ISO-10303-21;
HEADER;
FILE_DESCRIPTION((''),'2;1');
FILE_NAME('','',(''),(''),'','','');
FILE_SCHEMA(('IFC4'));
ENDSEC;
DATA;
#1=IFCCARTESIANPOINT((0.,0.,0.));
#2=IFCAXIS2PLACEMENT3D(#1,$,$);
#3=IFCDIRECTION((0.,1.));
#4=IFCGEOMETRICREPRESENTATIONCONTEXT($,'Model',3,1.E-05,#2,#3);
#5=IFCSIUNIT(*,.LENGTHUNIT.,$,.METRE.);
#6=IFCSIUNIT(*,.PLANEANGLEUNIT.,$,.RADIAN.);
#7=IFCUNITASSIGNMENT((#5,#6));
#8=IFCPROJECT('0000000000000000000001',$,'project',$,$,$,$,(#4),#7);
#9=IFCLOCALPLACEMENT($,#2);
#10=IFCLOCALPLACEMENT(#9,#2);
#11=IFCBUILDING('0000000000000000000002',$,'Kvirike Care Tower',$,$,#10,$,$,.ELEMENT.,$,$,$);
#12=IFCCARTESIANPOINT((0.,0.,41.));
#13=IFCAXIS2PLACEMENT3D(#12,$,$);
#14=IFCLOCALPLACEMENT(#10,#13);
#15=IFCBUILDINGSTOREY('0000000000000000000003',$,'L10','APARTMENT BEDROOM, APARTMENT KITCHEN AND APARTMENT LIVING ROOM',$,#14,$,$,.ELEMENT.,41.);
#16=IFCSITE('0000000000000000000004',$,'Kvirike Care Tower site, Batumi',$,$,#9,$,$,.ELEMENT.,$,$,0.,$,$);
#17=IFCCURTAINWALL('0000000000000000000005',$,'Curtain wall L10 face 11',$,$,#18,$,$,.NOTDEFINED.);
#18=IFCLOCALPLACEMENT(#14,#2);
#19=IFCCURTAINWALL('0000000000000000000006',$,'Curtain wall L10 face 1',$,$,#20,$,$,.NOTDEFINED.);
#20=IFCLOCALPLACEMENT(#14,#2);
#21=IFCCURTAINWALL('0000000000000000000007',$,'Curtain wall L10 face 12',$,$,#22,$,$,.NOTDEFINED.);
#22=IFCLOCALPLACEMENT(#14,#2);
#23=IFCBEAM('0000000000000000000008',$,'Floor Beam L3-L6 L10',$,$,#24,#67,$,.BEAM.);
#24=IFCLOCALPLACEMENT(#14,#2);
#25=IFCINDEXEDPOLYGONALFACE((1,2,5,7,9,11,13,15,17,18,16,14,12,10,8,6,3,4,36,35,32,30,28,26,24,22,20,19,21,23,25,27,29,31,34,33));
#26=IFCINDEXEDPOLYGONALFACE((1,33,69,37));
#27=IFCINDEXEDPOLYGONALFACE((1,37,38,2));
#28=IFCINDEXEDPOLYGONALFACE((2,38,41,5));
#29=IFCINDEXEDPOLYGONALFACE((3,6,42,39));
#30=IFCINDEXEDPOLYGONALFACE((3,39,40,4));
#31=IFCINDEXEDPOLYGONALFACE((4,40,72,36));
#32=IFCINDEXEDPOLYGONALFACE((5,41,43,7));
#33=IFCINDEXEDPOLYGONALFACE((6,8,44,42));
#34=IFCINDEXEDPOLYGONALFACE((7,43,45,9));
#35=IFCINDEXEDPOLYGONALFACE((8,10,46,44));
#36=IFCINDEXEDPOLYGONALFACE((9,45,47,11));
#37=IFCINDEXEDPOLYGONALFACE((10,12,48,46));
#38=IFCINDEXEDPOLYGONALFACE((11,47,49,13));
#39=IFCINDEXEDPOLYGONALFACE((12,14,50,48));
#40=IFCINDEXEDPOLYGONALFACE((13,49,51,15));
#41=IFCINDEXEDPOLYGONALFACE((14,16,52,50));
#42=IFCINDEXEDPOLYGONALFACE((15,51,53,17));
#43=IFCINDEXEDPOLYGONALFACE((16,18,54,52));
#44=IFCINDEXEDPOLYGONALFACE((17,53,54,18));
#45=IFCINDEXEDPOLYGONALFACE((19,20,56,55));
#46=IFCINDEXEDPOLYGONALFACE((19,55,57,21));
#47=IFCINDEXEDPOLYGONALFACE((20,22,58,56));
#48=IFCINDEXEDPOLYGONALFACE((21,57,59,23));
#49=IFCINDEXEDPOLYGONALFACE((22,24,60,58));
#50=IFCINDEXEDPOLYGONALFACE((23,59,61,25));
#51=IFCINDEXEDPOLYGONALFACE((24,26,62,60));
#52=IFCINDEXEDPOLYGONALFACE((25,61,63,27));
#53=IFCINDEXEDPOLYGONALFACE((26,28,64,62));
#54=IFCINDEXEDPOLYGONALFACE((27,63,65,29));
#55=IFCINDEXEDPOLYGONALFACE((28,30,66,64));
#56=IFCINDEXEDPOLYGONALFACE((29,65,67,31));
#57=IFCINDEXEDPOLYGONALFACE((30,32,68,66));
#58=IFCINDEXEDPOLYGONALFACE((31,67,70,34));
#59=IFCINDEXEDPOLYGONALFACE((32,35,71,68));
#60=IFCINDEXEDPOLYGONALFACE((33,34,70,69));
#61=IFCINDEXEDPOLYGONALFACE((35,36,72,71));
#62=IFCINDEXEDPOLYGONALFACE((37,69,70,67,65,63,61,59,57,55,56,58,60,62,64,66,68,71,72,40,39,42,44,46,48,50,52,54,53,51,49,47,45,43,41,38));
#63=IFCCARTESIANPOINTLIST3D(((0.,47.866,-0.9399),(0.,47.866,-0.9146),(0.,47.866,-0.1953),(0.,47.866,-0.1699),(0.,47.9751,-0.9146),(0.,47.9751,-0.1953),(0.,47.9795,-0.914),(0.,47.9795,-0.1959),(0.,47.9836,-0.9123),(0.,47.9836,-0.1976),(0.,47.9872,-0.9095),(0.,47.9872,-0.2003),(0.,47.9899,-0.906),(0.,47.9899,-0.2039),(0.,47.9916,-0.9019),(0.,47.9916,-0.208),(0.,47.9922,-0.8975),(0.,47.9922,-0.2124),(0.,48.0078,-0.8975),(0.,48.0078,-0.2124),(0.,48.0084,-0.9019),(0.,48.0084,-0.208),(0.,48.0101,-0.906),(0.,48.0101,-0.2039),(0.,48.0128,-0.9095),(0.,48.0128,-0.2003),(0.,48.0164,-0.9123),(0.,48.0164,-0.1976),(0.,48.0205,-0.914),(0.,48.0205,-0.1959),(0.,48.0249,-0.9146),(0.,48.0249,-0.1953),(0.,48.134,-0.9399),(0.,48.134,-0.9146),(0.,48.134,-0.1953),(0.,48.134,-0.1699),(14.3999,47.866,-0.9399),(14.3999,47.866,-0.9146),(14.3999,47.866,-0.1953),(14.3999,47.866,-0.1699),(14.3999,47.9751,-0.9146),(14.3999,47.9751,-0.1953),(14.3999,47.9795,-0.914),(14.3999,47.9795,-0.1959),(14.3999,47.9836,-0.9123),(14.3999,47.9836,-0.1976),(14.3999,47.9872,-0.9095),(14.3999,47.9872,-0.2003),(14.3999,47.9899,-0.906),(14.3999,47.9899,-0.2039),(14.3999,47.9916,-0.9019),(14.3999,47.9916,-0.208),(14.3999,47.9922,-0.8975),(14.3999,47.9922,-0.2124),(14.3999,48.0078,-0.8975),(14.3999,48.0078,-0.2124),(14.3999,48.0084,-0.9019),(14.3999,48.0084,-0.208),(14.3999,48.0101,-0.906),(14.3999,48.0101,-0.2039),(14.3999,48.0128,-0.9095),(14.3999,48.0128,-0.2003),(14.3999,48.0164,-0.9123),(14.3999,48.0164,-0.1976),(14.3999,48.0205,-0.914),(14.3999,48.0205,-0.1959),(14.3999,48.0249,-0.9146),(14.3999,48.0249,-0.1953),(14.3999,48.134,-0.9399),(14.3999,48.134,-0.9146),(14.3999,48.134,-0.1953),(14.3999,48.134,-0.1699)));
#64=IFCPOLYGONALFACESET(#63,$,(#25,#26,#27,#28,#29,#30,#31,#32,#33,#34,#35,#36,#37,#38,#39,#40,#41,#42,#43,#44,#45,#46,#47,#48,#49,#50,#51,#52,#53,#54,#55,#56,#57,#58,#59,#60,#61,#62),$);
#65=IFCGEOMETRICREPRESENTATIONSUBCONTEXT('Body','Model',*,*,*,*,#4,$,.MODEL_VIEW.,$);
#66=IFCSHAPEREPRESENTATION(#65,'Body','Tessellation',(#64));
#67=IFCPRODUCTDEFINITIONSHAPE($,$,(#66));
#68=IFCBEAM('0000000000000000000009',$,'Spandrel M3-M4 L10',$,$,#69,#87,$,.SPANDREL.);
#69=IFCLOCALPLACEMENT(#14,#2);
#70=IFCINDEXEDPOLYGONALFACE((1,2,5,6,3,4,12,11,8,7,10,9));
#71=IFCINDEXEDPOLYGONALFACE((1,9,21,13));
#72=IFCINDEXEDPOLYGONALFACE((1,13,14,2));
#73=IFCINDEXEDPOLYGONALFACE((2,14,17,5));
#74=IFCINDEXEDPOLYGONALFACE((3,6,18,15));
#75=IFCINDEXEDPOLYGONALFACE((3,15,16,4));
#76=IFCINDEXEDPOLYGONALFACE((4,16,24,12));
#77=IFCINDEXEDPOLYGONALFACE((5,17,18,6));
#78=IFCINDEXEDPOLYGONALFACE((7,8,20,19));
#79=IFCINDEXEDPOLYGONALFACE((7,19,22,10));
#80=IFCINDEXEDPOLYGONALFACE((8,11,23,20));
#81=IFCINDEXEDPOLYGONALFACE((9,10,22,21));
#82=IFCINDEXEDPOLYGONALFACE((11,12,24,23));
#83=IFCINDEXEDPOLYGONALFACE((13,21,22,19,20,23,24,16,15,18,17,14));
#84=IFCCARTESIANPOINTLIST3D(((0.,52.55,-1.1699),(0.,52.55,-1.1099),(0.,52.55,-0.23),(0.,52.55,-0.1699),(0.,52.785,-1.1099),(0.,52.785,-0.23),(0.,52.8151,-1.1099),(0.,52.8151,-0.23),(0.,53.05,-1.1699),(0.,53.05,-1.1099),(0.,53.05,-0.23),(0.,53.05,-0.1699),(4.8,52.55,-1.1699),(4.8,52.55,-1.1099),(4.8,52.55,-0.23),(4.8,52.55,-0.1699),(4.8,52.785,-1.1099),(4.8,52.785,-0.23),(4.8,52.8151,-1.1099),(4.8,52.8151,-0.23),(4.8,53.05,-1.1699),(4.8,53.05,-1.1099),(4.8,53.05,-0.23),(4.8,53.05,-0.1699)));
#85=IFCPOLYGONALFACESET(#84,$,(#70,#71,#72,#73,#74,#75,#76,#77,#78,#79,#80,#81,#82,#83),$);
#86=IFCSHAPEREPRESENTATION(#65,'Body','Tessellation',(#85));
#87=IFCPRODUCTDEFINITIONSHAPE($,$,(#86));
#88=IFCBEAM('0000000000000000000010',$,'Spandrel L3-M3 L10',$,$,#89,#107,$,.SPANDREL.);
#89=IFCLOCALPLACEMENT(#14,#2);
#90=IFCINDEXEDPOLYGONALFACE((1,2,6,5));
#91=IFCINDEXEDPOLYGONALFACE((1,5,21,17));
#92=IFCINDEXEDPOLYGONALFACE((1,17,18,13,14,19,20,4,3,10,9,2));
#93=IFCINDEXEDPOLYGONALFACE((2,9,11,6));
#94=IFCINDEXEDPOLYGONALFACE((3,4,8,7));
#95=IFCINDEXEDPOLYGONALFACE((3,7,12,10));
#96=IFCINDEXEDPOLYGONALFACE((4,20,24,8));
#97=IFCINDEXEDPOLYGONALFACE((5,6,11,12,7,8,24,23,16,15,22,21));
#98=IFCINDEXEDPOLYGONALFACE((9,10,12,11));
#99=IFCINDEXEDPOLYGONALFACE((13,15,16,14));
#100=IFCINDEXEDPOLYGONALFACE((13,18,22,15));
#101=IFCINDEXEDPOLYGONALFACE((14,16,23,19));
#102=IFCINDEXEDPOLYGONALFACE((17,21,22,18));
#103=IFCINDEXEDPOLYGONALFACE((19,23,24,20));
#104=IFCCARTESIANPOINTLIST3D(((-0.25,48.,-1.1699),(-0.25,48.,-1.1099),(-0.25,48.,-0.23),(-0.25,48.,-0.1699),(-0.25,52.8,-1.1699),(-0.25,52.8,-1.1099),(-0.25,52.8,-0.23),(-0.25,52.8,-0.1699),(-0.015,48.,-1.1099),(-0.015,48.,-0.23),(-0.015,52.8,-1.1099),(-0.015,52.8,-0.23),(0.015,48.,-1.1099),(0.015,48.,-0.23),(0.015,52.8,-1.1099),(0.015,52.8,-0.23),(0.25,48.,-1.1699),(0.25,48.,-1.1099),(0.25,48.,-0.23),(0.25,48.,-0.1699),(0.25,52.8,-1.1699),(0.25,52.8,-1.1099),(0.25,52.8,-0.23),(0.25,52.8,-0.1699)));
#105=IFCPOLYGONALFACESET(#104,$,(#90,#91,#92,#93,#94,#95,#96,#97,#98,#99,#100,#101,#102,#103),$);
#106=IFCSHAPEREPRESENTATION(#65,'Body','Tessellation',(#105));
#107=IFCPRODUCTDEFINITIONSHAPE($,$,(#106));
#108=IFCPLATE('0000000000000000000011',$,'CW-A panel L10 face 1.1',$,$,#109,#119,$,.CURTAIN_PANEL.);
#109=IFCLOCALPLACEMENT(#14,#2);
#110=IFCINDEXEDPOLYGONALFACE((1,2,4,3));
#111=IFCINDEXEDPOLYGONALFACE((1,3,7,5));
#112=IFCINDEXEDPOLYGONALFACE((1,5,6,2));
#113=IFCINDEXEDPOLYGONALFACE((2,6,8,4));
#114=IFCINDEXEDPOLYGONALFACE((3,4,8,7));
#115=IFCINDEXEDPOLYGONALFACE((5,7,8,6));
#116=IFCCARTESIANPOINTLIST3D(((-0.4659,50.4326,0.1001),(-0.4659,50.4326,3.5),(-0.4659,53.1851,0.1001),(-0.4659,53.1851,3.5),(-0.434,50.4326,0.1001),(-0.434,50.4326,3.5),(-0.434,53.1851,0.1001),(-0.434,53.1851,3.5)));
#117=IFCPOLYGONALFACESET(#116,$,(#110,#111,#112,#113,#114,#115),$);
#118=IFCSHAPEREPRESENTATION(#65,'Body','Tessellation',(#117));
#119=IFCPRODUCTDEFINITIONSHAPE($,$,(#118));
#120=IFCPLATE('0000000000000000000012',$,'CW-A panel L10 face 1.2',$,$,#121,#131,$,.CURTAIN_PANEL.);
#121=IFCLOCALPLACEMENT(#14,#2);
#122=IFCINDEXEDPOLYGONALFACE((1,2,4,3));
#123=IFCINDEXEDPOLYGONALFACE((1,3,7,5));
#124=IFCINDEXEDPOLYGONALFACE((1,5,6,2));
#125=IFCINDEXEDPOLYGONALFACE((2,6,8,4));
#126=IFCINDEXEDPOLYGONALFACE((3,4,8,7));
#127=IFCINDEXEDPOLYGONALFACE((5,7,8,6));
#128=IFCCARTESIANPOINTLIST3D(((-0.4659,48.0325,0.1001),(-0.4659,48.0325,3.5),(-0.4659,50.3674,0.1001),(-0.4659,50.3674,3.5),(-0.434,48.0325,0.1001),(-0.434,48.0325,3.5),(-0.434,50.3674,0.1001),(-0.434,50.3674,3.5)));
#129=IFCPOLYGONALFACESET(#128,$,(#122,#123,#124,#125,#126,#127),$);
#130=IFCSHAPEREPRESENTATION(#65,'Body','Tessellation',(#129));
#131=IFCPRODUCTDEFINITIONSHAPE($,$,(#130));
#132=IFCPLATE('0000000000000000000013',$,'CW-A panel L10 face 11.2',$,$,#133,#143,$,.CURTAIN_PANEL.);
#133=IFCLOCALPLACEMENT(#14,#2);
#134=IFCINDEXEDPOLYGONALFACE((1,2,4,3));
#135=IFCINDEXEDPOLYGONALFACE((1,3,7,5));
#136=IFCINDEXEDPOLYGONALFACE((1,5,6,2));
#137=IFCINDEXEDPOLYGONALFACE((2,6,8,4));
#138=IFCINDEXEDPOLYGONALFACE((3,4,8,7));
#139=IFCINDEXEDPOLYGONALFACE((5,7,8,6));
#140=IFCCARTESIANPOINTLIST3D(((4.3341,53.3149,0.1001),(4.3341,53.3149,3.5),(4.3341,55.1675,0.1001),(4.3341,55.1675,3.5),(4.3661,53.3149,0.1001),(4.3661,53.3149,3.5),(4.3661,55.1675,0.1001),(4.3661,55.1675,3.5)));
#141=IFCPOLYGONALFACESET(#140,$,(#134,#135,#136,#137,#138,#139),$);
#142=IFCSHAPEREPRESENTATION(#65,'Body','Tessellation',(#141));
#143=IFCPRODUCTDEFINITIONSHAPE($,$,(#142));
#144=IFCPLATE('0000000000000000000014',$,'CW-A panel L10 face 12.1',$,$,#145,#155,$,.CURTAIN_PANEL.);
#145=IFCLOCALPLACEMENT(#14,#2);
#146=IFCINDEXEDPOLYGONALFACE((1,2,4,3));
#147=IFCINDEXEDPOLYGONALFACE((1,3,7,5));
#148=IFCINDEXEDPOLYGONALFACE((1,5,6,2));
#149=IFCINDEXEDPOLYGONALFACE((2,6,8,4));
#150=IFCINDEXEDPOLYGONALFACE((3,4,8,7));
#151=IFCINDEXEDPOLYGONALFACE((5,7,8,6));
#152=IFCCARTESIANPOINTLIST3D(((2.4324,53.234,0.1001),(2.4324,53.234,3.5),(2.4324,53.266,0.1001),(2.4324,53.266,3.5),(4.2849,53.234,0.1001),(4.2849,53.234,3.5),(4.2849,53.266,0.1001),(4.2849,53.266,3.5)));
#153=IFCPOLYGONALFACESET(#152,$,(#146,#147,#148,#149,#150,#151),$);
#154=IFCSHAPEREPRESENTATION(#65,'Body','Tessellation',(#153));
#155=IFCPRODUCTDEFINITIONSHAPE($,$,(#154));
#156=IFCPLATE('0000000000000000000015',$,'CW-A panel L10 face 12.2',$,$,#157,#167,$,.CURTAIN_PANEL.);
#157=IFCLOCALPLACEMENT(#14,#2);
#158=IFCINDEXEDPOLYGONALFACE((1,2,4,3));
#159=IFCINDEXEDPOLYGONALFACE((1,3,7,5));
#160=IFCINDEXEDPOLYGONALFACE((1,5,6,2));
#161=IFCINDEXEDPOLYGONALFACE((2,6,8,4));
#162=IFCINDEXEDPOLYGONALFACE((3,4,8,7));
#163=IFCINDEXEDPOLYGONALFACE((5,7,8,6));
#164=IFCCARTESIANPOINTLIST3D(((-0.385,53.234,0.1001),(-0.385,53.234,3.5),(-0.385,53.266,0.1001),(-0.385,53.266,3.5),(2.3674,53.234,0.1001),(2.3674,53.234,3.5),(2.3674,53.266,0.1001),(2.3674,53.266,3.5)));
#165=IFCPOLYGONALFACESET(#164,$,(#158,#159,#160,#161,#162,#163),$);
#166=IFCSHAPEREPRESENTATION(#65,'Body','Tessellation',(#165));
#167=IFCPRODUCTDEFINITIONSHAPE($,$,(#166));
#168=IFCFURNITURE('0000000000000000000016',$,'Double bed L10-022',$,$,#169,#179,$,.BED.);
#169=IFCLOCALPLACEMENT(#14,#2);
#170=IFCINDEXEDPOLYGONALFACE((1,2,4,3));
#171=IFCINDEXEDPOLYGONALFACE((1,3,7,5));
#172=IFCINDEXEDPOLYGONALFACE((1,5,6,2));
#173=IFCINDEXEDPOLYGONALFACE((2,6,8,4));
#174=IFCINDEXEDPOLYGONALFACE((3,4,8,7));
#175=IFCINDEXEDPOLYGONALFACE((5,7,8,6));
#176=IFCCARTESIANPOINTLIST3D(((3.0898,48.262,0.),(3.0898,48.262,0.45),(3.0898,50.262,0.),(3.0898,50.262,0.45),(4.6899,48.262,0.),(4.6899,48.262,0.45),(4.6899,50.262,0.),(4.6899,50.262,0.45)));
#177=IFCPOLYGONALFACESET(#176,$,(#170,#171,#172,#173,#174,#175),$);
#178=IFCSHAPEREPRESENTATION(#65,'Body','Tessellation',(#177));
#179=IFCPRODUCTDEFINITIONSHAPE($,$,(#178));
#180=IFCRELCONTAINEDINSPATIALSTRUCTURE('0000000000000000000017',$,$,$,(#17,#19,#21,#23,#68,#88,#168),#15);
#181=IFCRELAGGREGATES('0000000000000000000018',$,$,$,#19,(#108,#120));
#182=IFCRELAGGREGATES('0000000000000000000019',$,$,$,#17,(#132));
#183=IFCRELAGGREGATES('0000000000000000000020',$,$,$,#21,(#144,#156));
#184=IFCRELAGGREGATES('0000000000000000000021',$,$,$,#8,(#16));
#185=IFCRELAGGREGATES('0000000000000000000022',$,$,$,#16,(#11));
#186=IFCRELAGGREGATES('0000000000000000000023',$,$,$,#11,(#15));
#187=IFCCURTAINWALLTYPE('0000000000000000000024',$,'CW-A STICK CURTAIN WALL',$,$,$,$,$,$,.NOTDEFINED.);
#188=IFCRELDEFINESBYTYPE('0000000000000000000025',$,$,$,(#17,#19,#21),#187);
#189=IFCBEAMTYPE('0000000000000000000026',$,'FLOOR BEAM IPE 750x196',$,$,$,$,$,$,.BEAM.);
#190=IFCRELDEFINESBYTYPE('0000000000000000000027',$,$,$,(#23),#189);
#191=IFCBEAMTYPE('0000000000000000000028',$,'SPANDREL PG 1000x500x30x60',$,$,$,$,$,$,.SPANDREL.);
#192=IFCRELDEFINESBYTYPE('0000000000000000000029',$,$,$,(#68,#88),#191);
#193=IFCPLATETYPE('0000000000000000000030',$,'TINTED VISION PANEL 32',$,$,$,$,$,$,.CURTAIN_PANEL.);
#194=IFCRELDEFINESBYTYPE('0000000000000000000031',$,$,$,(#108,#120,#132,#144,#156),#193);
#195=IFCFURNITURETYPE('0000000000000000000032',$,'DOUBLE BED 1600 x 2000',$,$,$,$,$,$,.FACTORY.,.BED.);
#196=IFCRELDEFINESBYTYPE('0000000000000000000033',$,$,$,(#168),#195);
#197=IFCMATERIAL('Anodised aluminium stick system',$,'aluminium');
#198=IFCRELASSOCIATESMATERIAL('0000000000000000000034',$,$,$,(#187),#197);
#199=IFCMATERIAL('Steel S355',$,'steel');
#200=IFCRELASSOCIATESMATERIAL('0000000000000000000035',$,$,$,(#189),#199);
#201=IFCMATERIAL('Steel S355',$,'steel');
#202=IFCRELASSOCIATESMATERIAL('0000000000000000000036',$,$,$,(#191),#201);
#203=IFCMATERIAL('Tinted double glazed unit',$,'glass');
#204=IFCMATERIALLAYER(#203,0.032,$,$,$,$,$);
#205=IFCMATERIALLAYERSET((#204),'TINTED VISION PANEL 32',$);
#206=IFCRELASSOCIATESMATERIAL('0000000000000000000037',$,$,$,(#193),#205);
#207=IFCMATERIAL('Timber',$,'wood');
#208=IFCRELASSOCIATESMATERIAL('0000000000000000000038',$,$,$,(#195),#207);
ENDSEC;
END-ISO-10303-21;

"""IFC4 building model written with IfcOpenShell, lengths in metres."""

from ifc_helpers import new_model, si_unit, direction, frame, origin, origin_2d, place, context, subcontext, project, spatial, rectangle, i_section, extrude, material, layer, layer_set, material_profile, profile_set, type_object, element, aggregate, save


model = new_model("IFC4")

# Units and contexts
model_context = context("Model", 3, precision=1e-05, world=origin(), true_north=direction((0.0, 1.0)))
body_context = subcontext(model_context, "Body", "Model", "MODEL_VIEW")
ifc_project = project(units=[si_unit("LENGTHUNIT", "METRE"), si_unit("PLANEANGLEUNIT", "RADIAN")], contexts=[model_context])

# Site, building, storey
site_placement = place(None, origin())
site = spatial("IfcSite", under=ifc_project, at=site_placement, Name="Kvirike Care Tower site, Batumi", CompositionType="ELEMENT", RefElevation=0.0)
building_placement = place(site_placement, origin())
building = spatial("IfcBuilding", under=site, at=building_placement, Name="Kvirike Care Tower", CompositionType="ELEMENT")
storey_placement = place(building_placement, frame((0.0, 0.0, 41.0)))
storey = spatial("IfcBuildingStorey", under=building, at=storey_placement, Name="L10", Description="APARTMENT BEDROOM, APARTMENT KITCHEN AND APARTMENT LIVING ROOM", CompositionType="ELEMENT", Elevation=41.0)

# Curtain wall
ifc_material_1 = material(Name="Anodised aluminium stick system", Category="aluminium")
curtain_wall_type = type_object("IfcCurtainWallType", Name="CW-A STICK CURTAIN WALL", PredefinedType="NOTDEFINED", material=ifc_material_1)
curtain_wall_1_placement = place(storey_placement, origin())
curtain_wall_1 = element("IfcCurtainWall", 1, at=curtain_wall_1_placement, inside=storey, type_object=curtain_wall_type, Name="Curtain wall L10 face 11", PredefinedType="NOTDEFINED")

# Curtain wall
curtain_wall_2_placement = place(storey_placement, origin())
curtain_wall_2 = element("IfcCurtainWall", 2, at=curtain_wall_2_placement, inside=storey, type_object=curtain_wall_type, Name="Curtain wall L10 face 1", PredefinedType="NOTDEFINED")

# Curtain wall
curtain_wall_3_placement = place(storey_placement, origin())
curtain_wall_3 = element("IfcCurtainWall", 3, at=curtain_wall_3_placement, inside=storey, type_object=curtain_wall_type, Name="Curtain wall L10 face 12", PredefinedType="NOTDEFINED")

# Beams
ifc_material_2 = material(Name="Steel S355", Category="steel")
ifc_material_profile_1 = material_profile(ifc_material_2, i_section(OverallWidth=0.2681, OverallDepth=0.77, WebThickness=0.0156, FlangeThickness=0.0254, FilletRadius=0.0171, at=origin_2d()), Name="IPE 750x196")
ifc_profile_set_1 = profile_set([ifc_material_profile_1], Name="Steel S355")
beam_type_1 = type_object("IfcBeamType", Name="FLOOR BEAM IPE 750x196", PredefinedType="BEAM", material=ifc_profile_set_1)
beam_placement = place(storey_placement, frame((0.0, 48.0, -0.5549), z_axis=(1.0, 0.0, 0.0), x_axis=(0.0, 1.0, 0.0)))
element("IfcBeam", 4, at=beam_placement, inside=storey, type_object=beam_type_1, Name="Floor Beam L3-L6 L10", PredefinedType="BEAM", context=body_context, shape_type="SweptSolid", body=[
    extrude(i_section(OverallWidth=0.2681, OverallDepth=0.77, WebThickness=0.0156, FlangeThickness=0.0254, FilletRadius=0.0171, at=origin_2d()), origin(), (0.0, 0.0, 1.0), 14.3999),
])
ifc_material_3 = material(Name="Steel S355", Category="steel")
ifc_material_profile_2 = material_profile(ifc_material_3, i_section(OverallWidth=0.5, OverallDepth=1.0, WebThickness=0.03, FlangeThickness=0.0601, at=origin_2d()), Name="PG 1000x500x30x60")
ifc_profile_set_2 = profile_set([ifc_material_profile_2], Name="Steel S355")
beam_type_2 = type_object("IfcBeamType", Name="SPANDREL PG 1000x500x30x60", PredefinedType="SPANDREL", material=ifc_profile_set_2)
for number, where, z_axis, x_axis, name in (
    (5, (0.0, 52.8, -0.6699), (1.0, 0.0, 0.0), (0.0, 1.0, 0.0), "Spandrel M3-M4 L10"),
    (6, (0.0, 48.0, -0.6699), (0.0, 1.0, 0.0), (-1.0, 0.0, 0.0), "Spandrel L3-M3 L10"),
):
    element("IfcBeam", number, at=place(storey_placement, frame(where, z_axis=z_axis, x_axis=x_axis)), inside=storey, type_object=beam_type_2, Name=name, PredefinedType="SPANDREL", context=body_context, shape_type="SweptSolid", body=[
        extrude(i_section(OverallWidth=0.5, OverallDepth=1.0, WebThickness=0.03, FlangeThickness=0.0601, at=origin_2d()), origin(), (0.0, 0.0, 1.0), 4.8),
    ])

# Plates
ifc_material_4 = material(Name="Tinted double glazed unit", Category="glass")
ifc_layer = layer(ifc_material_4, 0.032)
ifc_layer_set = layer_set([ifc_layer], Name="TINTED VISION PANEL 32")
plate_type = type_object("IfcPlateType", Name="TINTED VISION PANEL 32", PredefinedType="CURTAIN_PANEL", material=ifc_layer_set)
plate_1_placement = place(storey_placement, frame((-0.45, 51.8088, 0.1001), z_axis=(0.0, 0.0, 1.0), x_axis=(0.0, -1.0, 0.0)))
plate_1 = element("IfcPlate", 7, at=plate_1_placement, type_object=plate_type, Name="CW-A panel L10 face 1.1", PredefinedType="CURTAIN_PANEL", context=body_context, shape_type="SweptSolid", body=[
    extrude(rectangle(XDim=2.7524, YDim=0.032, at=origin_2d()), origin(), (0.0, 0.0, 1.0), 3.3999),
])
plate_2_placement = place(storey_placement, frame((-0.45, 49.2, 0.1001), z_axis=(0.0, 0.0, 1.0), x_axis=(0.0, -1.0, 0.0)))
plate_2 = element("IfcPlate", 8, at=plate_2_placement, type_object=plate_type, Name="CW-A panel L10 face 1.2", PredefinedType="CURTAIN_PANEL", context=body_context, shape_type="SweptSolid", body=[
    extrude(rectangle(XDim=2.335, YDim=0.032, at=origin_2d()), origin(), (0.0, 0.0, 1.0), 3.3999),
])
aggregate(curtain_wall_2, [plate_1, plate_2])
plate_3_placement = place(storey_placement, frame((4.3501, 54.2412, 0.1001), z_axis=(0.0, 0.0, 1.0), x_axis=(0.0, -1.0, 0.0)))
plate_3 = element("IfcPlate", 9, at=plate_3_placement, type_object=plate_type, Name="CW-A panel L10 face 11.2", PredefinedType="CURTAIN_PANEL", context=body_context, shape_type="SweptSolid", body=[
    extrude(rectangle(XDim=1.8525, YDim=0.032, at=origin_2d()), origin(), (0.0, 0.0, 1.0), 3.3999),
])
aggregate(curtain_wall_1, [plate_3])
plate_4_placement = place(storey_placement, frame((3.3586, 53.25, 0.1001), z_axis=(0.0, 0.0, 1.0), x_axis=(-1.0, 0.0, 0.0)))
plate_4 = element("IfcPlate", 10, at=plate_4_placement, type_object=plate_type, Name="CW-A panel L10 face 12.1", PredefinedType="CURTAIN_PANEL", context=body_context, shape_type="SweptSolid", body=[
    extrude(rectangle(XDim=1.8525, YDim=0.032, at=origin_2d()), origin(), (0.0, 0.0, 1.0), 3.3999),
])
plate_5_placement = place(storey_placement, frame((0.9912, 53.25, 0.1001), z_axis=(0.0, 0.0, 1.0), x_axis=(-1.0, 0.0, 0.0)))
plate_5 = element("IfcPlate", 11, at=plate_5_placement, type_object=plate_type, Name="CW-A panel L10 face 12.2", PredefinedType="CURTAIN_PANEL", context=body_context, shape_type="SweptSolid", body=[
    extrude(rectangle(XDim=2.7524, YDim=0.032, at=origin_2d()), origin(), (0.0, 0.0, 1.0), 3.3999),
])
aggregate(curtain_wall_3, [plate_4, plate_5])

# Furniture
ifc_material_5 = material(Name="Timber", Category="wood")
furniture_type = type_object("IfcFurnitureType", Name="DOUBLE BED 1600 x 2000", AssemblyPlace="FACTORY", PredefinedType="BED", material=ifc_material_5)
furniture_placement = place(storey_placement, frame((3.8899, 49.262, 0.0), z_axis=(0.0, 0.0, 1.0), x_axis=(-1.0, 0.0, 0.0)))
element("IfcFurniture", 12, at=furniture_placement, inside=storey, type_object=furniture_type, Name="Double bed L10-022", PredefinedType="BED", context=body_context, shape_type="SweptSolid", body=[
    extrude(rectangle(XDim=1.6001, YDim=2.0, at=origin_2d()), origin(), (0.0, 0.0, 1.0), 0.45),
])

save(model, "model.ifc")
